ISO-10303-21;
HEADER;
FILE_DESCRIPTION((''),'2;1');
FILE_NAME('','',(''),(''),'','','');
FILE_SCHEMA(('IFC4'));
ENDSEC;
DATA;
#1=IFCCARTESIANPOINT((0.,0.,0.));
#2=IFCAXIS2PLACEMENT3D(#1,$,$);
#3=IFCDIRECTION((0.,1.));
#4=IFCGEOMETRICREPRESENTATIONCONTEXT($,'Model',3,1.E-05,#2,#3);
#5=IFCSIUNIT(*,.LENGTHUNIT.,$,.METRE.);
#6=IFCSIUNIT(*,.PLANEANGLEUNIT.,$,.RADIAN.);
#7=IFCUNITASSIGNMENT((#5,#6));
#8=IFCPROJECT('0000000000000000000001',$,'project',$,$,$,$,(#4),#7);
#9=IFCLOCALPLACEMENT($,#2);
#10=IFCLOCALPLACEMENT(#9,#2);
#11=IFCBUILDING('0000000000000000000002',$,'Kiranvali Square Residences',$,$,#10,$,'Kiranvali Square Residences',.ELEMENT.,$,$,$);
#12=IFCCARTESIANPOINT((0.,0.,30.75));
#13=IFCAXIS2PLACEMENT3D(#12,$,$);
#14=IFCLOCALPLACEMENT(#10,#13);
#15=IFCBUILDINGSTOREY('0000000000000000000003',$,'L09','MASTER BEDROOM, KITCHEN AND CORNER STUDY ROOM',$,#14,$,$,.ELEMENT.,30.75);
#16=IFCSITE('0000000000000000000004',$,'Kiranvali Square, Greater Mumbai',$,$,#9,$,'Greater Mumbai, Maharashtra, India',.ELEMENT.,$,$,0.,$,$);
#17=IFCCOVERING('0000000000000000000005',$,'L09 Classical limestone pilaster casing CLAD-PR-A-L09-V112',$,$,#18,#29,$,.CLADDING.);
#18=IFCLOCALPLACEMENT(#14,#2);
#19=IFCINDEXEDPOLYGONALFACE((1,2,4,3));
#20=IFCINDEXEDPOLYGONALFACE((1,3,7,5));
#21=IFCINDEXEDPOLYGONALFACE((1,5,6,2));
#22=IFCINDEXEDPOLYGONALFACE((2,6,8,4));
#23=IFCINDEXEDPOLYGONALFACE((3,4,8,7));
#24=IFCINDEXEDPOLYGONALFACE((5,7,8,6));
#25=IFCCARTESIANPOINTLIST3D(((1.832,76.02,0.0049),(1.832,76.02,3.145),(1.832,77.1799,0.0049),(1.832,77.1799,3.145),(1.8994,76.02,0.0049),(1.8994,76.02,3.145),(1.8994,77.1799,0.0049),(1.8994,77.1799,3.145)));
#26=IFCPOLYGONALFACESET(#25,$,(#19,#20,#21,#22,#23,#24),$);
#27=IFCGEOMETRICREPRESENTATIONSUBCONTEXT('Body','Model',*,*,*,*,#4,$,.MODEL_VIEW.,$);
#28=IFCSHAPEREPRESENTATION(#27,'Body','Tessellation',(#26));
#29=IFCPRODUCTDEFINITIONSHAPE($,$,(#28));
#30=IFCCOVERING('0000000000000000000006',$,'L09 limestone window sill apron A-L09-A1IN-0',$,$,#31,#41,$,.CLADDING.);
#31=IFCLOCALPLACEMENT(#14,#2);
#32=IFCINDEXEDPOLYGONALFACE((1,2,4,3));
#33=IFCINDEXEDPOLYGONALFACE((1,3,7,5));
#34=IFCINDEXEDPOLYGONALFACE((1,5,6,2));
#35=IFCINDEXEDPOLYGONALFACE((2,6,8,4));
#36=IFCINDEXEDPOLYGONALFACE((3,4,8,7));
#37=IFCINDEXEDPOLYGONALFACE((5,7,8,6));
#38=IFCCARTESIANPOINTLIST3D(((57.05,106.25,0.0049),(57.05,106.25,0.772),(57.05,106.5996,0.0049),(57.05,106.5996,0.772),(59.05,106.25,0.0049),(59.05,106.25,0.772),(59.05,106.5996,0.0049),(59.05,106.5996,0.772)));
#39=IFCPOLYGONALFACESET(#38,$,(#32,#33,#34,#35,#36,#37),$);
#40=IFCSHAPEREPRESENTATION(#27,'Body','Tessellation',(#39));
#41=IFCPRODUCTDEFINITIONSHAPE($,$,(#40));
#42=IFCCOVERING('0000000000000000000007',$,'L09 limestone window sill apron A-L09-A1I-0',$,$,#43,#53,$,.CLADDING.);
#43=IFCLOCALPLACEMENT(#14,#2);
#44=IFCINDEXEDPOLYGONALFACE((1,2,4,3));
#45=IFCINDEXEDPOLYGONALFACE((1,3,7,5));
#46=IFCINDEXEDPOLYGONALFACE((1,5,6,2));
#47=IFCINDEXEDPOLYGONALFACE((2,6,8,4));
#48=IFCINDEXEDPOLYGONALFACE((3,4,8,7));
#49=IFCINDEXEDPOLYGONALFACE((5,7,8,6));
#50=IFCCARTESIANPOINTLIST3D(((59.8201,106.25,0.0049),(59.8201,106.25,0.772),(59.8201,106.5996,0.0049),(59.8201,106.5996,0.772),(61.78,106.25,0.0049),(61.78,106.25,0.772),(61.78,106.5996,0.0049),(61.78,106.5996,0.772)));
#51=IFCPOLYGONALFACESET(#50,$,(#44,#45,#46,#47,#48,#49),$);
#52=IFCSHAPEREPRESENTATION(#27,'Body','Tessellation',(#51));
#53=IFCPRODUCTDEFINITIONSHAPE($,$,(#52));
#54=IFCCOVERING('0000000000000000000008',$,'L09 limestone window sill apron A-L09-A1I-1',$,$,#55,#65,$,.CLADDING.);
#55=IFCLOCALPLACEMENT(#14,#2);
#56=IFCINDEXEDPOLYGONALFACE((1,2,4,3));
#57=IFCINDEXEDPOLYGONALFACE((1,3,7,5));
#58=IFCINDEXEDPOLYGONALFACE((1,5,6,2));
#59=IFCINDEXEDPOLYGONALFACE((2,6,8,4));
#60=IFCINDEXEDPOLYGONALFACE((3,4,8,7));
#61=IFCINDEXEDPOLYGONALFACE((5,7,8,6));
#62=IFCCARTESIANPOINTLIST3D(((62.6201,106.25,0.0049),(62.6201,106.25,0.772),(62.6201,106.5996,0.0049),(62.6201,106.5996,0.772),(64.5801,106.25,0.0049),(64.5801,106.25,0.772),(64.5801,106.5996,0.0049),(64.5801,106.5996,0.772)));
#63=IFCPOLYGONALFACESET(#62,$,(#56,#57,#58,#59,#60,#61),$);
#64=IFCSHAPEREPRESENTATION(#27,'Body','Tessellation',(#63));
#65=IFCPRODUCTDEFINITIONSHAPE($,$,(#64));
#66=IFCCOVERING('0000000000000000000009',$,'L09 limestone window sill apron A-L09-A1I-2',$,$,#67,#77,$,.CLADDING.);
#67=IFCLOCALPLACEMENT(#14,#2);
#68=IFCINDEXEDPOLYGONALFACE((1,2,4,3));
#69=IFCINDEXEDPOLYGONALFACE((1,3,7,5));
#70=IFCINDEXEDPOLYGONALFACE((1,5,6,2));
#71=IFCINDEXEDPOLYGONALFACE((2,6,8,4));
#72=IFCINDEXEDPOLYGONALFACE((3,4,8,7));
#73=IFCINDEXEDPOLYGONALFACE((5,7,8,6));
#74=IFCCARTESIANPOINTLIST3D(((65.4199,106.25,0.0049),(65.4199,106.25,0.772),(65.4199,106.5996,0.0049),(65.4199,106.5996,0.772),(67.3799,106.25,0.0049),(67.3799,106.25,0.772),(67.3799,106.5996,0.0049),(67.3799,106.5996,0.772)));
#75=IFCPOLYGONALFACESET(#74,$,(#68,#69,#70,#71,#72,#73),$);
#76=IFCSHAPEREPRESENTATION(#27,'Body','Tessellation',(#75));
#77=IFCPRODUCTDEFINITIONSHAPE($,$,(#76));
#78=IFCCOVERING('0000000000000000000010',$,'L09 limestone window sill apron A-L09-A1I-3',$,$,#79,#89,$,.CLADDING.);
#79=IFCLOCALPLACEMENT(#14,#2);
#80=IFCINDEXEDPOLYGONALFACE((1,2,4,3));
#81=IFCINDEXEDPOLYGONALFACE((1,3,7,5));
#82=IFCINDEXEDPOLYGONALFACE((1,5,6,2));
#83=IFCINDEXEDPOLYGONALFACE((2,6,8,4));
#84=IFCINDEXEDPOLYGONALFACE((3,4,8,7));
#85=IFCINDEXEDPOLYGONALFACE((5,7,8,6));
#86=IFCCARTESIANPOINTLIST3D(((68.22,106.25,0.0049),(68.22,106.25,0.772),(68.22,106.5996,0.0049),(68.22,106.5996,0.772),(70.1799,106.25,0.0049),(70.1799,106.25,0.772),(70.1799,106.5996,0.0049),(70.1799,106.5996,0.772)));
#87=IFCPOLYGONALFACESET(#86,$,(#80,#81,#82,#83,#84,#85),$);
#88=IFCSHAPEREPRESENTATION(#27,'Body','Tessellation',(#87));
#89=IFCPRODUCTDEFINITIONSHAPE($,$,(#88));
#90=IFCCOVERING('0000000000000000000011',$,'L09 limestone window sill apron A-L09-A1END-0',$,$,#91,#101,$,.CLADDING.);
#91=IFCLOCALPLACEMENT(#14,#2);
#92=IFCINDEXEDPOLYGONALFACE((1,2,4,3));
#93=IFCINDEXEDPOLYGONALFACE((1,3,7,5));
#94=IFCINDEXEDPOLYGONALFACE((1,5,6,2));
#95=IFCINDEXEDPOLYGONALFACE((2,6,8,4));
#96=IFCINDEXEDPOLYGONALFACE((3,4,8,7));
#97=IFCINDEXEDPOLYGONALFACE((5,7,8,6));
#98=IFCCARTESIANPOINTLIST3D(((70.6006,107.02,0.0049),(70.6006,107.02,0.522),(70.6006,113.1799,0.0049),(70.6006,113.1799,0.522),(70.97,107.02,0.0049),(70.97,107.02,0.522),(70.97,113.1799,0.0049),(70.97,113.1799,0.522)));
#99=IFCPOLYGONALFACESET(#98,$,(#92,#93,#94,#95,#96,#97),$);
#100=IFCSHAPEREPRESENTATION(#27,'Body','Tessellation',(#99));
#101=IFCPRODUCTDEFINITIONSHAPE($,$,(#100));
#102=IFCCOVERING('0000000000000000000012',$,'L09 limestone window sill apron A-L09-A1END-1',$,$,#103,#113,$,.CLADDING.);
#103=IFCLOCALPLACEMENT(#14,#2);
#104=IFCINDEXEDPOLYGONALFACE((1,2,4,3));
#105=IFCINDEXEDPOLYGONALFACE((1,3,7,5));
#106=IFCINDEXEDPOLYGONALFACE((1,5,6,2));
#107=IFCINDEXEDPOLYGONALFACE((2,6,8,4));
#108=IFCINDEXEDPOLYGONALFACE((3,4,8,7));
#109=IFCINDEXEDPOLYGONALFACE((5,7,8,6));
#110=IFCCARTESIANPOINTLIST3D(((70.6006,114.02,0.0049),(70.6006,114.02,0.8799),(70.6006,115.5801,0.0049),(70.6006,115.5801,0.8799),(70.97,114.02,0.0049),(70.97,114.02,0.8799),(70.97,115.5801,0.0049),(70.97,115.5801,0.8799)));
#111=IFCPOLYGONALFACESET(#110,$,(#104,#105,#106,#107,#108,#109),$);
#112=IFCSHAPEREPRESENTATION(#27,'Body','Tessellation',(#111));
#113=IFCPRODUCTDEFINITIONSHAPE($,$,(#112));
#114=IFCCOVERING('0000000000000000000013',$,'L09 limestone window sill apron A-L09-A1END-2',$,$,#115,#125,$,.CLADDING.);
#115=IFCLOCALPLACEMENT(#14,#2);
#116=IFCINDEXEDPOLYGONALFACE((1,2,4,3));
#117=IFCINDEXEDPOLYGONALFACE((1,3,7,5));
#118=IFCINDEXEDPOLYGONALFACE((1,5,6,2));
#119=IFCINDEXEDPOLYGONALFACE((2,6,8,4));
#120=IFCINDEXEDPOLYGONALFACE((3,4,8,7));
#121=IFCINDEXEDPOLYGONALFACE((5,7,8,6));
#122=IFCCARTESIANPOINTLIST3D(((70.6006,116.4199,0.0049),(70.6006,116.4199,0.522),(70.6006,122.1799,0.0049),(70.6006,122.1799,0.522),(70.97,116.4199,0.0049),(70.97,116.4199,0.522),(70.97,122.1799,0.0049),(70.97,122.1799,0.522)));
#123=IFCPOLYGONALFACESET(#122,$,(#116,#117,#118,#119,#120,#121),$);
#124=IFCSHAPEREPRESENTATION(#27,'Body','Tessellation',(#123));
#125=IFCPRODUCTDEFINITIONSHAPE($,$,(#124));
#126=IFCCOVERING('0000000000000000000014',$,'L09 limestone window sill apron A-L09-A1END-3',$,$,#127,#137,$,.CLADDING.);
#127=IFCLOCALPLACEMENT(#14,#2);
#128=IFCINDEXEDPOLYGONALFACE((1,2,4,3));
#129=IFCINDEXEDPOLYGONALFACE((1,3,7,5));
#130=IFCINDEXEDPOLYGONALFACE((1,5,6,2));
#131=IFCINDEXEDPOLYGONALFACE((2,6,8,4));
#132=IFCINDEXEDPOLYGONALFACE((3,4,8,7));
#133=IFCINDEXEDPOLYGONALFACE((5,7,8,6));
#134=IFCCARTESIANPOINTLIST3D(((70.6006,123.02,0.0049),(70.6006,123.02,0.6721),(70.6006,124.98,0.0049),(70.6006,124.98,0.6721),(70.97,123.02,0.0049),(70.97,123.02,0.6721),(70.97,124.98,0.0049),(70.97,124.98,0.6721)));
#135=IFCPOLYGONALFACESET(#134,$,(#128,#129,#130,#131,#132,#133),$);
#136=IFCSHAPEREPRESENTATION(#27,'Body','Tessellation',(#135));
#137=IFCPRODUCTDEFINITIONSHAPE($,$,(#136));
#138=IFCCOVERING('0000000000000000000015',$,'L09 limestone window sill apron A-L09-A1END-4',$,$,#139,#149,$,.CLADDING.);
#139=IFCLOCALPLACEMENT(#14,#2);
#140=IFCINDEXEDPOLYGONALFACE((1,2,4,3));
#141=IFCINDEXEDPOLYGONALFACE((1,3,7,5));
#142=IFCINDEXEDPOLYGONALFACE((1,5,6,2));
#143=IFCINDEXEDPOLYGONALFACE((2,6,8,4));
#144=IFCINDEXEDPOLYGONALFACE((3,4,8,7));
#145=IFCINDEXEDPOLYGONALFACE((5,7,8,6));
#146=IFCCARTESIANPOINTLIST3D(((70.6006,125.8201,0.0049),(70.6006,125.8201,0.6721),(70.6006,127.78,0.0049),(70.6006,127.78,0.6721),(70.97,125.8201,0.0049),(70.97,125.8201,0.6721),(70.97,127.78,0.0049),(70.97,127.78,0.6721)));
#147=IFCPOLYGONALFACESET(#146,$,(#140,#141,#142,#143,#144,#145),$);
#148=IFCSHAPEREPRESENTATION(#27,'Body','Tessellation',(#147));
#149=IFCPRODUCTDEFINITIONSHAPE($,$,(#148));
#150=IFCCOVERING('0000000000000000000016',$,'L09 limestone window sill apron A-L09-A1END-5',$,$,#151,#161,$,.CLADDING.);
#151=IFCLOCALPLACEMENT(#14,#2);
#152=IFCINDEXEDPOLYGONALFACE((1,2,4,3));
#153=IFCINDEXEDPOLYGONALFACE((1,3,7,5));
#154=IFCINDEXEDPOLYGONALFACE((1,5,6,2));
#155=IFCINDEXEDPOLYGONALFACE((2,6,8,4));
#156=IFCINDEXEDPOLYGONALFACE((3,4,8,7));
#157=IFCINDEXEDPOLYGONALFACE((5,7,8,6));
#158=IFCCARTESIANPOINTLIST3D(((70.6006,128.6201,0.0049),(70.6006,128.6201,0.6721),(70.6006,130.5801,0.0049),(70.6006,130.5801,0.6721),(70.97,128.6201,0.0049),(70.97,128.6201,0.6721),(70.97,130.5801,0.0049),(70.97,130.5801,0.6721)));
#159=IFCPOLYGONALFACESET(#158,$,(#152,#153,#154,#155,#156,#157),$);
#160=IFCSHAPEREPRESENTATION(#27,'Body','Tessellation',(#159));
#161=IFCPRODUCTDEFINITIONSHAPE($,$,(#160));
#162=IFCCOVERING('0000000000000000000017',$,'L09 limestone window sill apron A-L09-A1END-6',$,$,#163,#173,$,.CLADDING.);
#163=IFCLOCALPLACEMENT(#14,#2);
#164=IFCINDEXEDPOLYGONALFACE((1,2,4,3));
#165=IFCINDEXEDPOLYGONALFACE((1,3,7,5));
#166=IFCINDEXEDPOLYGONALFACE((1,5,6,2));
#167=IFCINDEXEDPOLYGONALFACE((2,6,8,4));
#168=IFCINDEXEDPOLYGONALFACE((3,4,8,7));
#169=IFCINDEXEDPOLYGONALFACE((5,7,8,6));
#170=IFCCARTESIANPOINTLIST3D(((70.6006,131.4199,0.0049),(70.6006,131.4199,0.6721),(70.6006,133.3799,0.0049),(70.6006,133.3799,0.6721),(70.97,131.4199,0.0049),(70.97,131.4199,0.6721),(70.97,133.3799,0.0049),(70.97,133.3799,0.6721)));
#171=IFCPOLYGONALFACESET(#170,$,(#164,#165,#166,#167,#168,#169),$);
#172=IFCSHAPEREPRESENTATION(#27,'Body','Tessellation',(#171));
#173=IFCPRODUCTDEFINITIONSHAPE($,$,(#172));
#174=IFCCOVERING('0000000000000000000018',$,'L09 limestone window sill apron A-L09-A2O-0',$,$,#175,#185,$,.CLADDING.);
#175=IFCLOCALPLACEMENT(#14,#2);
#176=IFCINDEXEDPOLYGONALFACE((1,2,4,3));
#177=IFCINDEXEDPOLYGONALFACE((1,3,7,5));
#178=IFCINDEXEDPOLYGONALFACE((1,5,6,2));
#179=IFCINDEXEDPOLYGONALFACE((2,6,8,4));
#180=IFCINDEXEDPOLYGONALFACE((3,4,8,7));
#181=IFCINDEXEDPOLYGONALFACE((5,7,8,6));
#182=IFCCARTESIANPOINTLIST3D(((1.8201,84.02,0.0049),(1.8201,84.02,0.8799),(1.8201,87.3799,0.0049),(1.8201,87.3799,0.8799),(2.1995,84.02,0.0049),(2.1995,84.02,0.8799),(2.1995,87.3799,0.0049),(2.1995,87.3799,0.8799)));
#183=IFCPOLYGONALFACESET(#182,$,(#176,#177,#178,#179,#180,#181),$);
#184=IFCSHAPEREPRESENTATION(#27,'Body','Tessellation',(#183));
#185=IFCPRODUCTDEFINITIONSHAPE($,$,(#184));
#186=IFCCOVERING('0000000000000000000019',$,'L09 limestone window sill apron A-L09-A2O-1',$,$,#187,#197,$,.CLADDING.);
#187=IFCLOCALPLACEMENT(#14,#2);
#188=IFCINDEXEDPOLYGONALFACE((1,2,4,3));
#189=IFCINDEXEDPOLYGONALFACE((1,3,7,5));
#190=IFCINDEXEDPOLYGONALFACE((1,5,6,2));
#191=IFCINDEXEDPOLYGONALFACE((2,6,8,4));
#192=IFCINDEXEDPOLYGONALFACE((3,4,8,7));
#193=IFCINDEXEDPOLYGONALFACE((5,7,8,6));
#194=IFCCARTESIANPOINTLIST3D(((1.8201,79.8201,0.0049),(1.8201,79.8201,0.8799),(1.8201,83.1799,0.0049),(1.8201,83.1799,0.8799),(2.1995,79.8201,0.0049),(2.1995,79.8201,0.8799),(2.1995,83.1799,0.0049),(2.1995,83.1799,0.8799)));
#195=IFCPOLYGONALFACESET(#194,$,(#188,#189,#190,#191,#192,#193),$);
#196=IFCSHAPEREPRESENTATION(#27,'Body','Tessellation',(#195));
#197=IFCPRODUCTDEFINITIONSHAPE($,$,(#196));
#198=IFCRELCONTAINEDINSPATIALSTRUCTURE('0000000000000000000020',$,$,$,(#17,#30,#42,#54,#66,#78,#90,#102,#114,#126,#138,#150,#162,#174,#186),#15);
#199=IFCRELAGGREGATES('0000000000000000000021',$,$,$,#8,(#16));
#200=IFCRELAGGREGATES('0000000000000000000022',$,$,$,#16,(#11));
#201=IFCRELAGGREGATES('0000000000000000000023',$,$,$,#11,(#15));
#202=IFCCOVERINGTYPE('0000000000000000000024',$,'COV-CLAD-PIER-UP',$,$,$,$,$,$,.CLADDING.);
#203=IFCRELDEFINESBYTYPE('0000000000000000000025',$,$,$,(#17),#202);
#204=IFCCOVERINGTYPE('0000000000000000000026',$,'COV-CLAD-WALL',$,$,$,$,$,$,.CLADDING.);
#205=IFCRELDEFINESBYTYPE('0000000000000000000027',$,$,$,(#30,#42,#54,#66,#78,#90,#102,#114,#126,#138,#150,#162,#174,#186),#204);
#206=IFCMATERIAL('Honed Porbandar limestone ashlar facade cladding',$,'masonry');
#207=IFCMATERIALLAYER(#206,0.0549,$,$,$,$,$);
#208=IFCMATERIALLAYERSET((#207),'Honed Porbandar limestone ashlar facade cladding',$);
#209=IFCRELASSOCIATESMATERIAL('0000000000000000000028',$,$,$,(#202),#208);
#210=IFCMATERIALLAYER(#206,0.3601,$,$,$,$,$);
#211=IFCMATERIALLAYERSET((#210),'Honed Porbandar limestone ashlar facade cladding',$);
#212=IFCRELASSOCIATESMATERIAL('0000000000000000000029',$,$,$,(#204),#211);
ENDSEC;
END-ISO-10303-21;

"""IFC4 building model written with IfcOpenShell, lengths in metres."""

from ifc_helpers import new_model, si_unit, direction, frame, origin, place, context, subcontext, project, spatial, polyline, outline, extrude, material, layer, layer_set, type_object, element, save


model = new_model("IFC4")

# Units and contexts
model_context = context("Model", 3, precision=1e-05, world=origin(), true_north=direction((0.0, 1.0)))
body_context = subcontext(model_context, "Body", "Model", "MODEL_VIEW")
ifc_project = project(units=[si_unit("LENGTHUNIT", "METRE"), si_unit("PLANEANGLEUNIT", "RADIAN")], contexts=[model_context])

# Site, building, storey
site_placement = place(None, origin())
site = spatial("IfcSite", under=ifc_project, at=site_placement, Name="Kiranvali Square, Greater Mumbai", LongName="Greater Mumbai, Maharashtra, India", CompositionType="ELEMENT", RefElevation=0.0)
building_placement = place(site_placement, origin())
building = spatial("IfcBuilding", under=site, at=building_placement, Name="Kiranvali Square Residences", LongName="Kiranvali Square Residences", CompositionType="ELEMENT")
storey_placement = place(building_placement, frame((0.0, 0.0, 30.75)))
storey = spatial("IfcBuildingStorey", under=building, at=storey_placement, Name="L09", Description="MASTER BEDROOM, KITCHEN AND CORNER STUDY ROOM", CompositionType="ELEMENT", Elevation=30.75)

# Coverings
ifc_material = material(Name="Honed Porbandar limestone ashlar facade cladding", Category="masonry")
ifc_layer_1 = layer(ifc_material, 0.0549)
ifc_layer_set_1 = layer_set([ifc_layer_1], Name="Honed Porbandar limestone ashlar facade cladding")
covering_type_1 = type_object("IfcCoveringType", Name="COV-CLAD-PIER-UP", PredefinedType="CLADDING", material=ifc_layer_set_1)
covering_1_placement = place(storey_placement, frame((0.0, 0.0, 0.0049)))
element("IfcCovering", 1, at=covering_1_placement, inside=storey, type_object=covering_type_1, Name="L09 Classical limestone pilaster casing CLAD-PR-A-L09-V112", PredefinedType="CLADDING", context=body_context, shape_type="SweptSolid", body=[
    extrude(outline(polyline([(1.832, 77.1799), (1.832, 76.02), (1.8994, 76.02), (1.8994, 77.1799), (1.832, 77.1799)])), origin(), (0.0, 0.0, 1.0), 3.1401),
])
ifc_layer_2 = layer(ifc_material, 0.3601)
ifc_layer_set_2 = layer_set([ifc_layer_2], Name="Honed Porbandar limestone ashlar facade cladding")
covering_type_2 = type_object("IfcCoveringType", Name="COV-CLAD-WALL", PredefinedType="CLADDING", material=ifc_layer_set_2)
covering_2_placement = place(storey_placement, frame((0.0, 0.0, 0.0049)))
element("IfcCovering", 2, at=covering_2_placement, inside=storey, type_object=covering_type_2, Name="L09 limestone window sill apron A-L09-A1IN-0", PredefinedType="CLADDING", context=body_context, shape_type="SweptSolid", body=[
    extrude(outline(polyline([(57.05, 106.25), (59.05, 106.25), (59.05, 106.5996), (57.05, 106.5996), (57.05, 106.25)])), origin(), (0.0, 0.0, 1.0), 0.7671),
])
covering_3_placement = place(storey_placement, frame((0.0, 0.0, 0.0049)))
element("IfcCovering", 3, at=covering_3_placement, inside=storey, type_object=covering_type_2, Name="L09 limestone window sill apron A-L09-A1I-0", PredefinedType="CLADDING", context=body_context, shape_type="SweptSolid", body=[
    extrude(outline(polyline([(59.8201, 106.25), (61.78, 106.25), (61.78, 106.5996), (59.8201, 106.5996), (59.8201, 106.25)])), origin(), (0.0, 0.0, 1.0), 0.7671),
])
covering_4_placement = place(storey_placement, frame((0.0, 0.0, 0.0049)))
element("IfcCovering", 4, at=covering_4_placement, inside=storey, type_object=covering_type_2, Name="L09 limestone window sill apron A-L09-A1I-1", PredefinedType="CLADDING", context=body_context, shape_type="SweptSolid", body=[
    extrude(outline(polyline([(62.6201, 106.25), (64.5801, 106.25), (64.5801, 106.5996), (62.6201, 106.5996), (62.6201, 106.25)])), origin(), (0.0, 0.0, 1.0), 0.7671),
])
covering_5_placement = place(storey_placement, frame((0.0, 0.0, 0.0049)))
element("IfcCovering", 5, at=covering_5_placement, inside=storey, type_object=covering_type_2, Name="L09 limestone window sill apron A-L09-A1I-2", PredefinedType="CLADDING", context=body_context, shape_type="SweptSolid", body=[
    extrude(outline(polyline([(65.4199, 106.25), (67.3799, 106.25), (67.3799, 106.5996), (65.4199, 106.5996), (65.4199, 106.25)])), origin(), (0.0, 0.0, 1.0), 0.7671),
])
covering_6_placement = place(storey_placement, frame((0.0, 0.0, 0.0049)))
element("IfcCovering", 6, at=covering_6_placement, inside=storey, type_object=covering_type_2, Name="L09 limestone window sill apron A-L09-A1I-3", PredefinedType="CLADDING", context=body_context, shape_type="SweptSolid", body=[
    extrude(outline(polyline([(68.22, 106.25), (70.1799, 106.25), (70.1799, 106.5996), (68.22, 106.5996), (68.22, 106.25)])), origin(), (0.0, 0.0, 1.0), 0.7671),
])
covering_7_placement = place(storey_placement, frame((0.0, 0.0, 0.0049)))
element("IfcCovering", 7, at=covering_7_placement, inside=storey, type_object=covering_type_2, Name="L09 limestone window sill apron A-L09-A1END-0", PredefinedType="CLADDING", context=body_context, shape_type="SweptSolid", body=[
    extrude(outline(polyline([(70.97, 107.02), (70.97, 113.1799), (70.6006, 113.1799), (70.6006, 107.02), (70.97, 107.02)])), origin(), (0.0, 0.0, 1.0), 0.5171),
])
covering_8_placement = place(storey_placement, frame((0.0, 0.0, 0.0049)))
element("IfcCovering", 8, at=covering_8_placement, inside=storey, type_object=covering_type_2, Name="L09 limestone window sill apron A-L09-A1END-1", PredefinedType="CLADDING", context=body_context, shape_type="SweptSolid", body=[
    extrude(outline(polyline([(70.97, 114.02), (70.97, 115.5801), (70.6006, 115.5801), (70.6006, 114.02), (70.97, 114.02)])), origin(), (0.0, 0.0, 1.0), 0.875),
])
covering_9_placement = place(storey_placement, frame((0.0, 0.0, 0.0049)))
element("IfcCovering", 9, at=covering_9_placement, inside=storey, type_object=covering_type_2, Name="L09 limestone window sill apron A-L09-A1END-2", PredefinedType="CLADDING", context=body_context, shape_type="SweptSolid", body=[
    extrude(outline(polyline([(70.97, 116.4199), (70.97, 122.1799), (70.6006, 122.1799), (70.6006, 116.4199), (70.97, 116.4199)])), origin(), (0.0, 0.0, 1.0), 0.5171),
])
covering_10_placement = place(storey_placement, frame((0.0, 0.0, 0.0049)))
element("IfcCovering", 10, at=covering_10_placement, inside=storey, type_object=covering_type_2, Name="L09 limestone window sill apron A-L09-A1END-3", PredefinedType="CLADDING", context=body_context, shape_type="SweptSolid", body=[
    extrude(outline(polyline([(70.97, 123.02), (70.97, 124.98), (70.6006, 124.98), (70.6006, 123.02), (70.97, 123.02)])), origin(), (0.0, 0.0, 1.0), 0.6672),
])
covering_11_placement = place(storey_placement, frame((0.0, 0.0, 0.0049)))
element("IfcCovering", 11, at=covering_11_placement, inside=storey, type_object=covering_type_2, Name="L09 limestone window sill apron A-L09-A1END-4", PredefinedType="CLADDING", context=body_context, shape_type="SweptSolid", body=[
    extrude(outline(polyline([(70.97, 125.8201), (70.97, 127.78), (70.6006, 127.78), (70.6006, 125.8201), (70.97, 125.8201)])), origin(), (0.0, 0.0, 1.0), 0.6672),
])
covering_12_placement = place(storey_placement, frame((0.0, 0.0, 0.0049)))
element("IfcCovering", 12, at=covering_12_placement, inside=storey, type_object=covering_type_2, Name="L09 limestone window sill apron A-L09-A1END-5", PredefinedType="CLADDING", context=body_context, shape_type="SweptSolid", body=[
    extrude(outline(polyline([(70.97, 128.6201), (70.97, 130.5801), (70.6006, 130.5801), (70.6006, 128.6201), (70.97, 128.6201)])), origin(), (0.0, 0.0, 1.0), 0.6672),
])
covering_13_placement = place(storey_placement, frame((0.0, 0.0, 0.0049)))
element("IfcCovering", 13, at=covering_13_placement, inside=storey, type_object=covering_type_2, Name="L09 limestone window sill apron A-L09-A1END-6", PredefinedType="CLADDING", context=body_context, shape_type="SweptSolid", body=[
    extrude(outline(polyline([(70.97, 131.4199), (70.97, 133.3799), (70.6006, 133.3799), (70.6006, 131.4199), (70.97, 131.4199)])), origin(), (0.0, 0.0, 1.0), 0.6672),
])
covering_14_placement = place(storey_placement, frame((0.0, 0.0, 0.0049)))
element("IfcCovering", 14, at=covering_14_placement, inside=storey, type_object=covering_type_2, Name="L09 limestone window sill apron A-L09-A2O-0", PredefinedType="CLADDING", context=body_context, shape_type="SweptSolid", body=[
    extrude(outline(polyline([(1.8201, 87.3799), (1.8201, 84.02), (2.1995, 84.02), (2.1995, 87.3799), (1.8201, 87.3799)])), origin(), (0.0, 0.0, 1.0), 0.875),
])
covering_15_placement = place(storey_placement, frame((0.0, 0.0, 0.0049)))
element("IfcCovering", 15, at=covering_15_placement, inside=storey, type_object=covering_type_2, Name="L09 limestone window sill apron A-L09-A2O-1", PredefinedType="CLADDING", context=body_context, shape_type="SweptSolid", body=[
    extrude(outline(polyline([(1.8201, 83.1799), (1.8201, 79.8201), (2.1995, 79.8201), (2.1995, 83.1799), (1.8201, 83.1799)])), origin(), (0.0, 0.0, 1.0), 0.875),
])

save(model, "model.ifc")
